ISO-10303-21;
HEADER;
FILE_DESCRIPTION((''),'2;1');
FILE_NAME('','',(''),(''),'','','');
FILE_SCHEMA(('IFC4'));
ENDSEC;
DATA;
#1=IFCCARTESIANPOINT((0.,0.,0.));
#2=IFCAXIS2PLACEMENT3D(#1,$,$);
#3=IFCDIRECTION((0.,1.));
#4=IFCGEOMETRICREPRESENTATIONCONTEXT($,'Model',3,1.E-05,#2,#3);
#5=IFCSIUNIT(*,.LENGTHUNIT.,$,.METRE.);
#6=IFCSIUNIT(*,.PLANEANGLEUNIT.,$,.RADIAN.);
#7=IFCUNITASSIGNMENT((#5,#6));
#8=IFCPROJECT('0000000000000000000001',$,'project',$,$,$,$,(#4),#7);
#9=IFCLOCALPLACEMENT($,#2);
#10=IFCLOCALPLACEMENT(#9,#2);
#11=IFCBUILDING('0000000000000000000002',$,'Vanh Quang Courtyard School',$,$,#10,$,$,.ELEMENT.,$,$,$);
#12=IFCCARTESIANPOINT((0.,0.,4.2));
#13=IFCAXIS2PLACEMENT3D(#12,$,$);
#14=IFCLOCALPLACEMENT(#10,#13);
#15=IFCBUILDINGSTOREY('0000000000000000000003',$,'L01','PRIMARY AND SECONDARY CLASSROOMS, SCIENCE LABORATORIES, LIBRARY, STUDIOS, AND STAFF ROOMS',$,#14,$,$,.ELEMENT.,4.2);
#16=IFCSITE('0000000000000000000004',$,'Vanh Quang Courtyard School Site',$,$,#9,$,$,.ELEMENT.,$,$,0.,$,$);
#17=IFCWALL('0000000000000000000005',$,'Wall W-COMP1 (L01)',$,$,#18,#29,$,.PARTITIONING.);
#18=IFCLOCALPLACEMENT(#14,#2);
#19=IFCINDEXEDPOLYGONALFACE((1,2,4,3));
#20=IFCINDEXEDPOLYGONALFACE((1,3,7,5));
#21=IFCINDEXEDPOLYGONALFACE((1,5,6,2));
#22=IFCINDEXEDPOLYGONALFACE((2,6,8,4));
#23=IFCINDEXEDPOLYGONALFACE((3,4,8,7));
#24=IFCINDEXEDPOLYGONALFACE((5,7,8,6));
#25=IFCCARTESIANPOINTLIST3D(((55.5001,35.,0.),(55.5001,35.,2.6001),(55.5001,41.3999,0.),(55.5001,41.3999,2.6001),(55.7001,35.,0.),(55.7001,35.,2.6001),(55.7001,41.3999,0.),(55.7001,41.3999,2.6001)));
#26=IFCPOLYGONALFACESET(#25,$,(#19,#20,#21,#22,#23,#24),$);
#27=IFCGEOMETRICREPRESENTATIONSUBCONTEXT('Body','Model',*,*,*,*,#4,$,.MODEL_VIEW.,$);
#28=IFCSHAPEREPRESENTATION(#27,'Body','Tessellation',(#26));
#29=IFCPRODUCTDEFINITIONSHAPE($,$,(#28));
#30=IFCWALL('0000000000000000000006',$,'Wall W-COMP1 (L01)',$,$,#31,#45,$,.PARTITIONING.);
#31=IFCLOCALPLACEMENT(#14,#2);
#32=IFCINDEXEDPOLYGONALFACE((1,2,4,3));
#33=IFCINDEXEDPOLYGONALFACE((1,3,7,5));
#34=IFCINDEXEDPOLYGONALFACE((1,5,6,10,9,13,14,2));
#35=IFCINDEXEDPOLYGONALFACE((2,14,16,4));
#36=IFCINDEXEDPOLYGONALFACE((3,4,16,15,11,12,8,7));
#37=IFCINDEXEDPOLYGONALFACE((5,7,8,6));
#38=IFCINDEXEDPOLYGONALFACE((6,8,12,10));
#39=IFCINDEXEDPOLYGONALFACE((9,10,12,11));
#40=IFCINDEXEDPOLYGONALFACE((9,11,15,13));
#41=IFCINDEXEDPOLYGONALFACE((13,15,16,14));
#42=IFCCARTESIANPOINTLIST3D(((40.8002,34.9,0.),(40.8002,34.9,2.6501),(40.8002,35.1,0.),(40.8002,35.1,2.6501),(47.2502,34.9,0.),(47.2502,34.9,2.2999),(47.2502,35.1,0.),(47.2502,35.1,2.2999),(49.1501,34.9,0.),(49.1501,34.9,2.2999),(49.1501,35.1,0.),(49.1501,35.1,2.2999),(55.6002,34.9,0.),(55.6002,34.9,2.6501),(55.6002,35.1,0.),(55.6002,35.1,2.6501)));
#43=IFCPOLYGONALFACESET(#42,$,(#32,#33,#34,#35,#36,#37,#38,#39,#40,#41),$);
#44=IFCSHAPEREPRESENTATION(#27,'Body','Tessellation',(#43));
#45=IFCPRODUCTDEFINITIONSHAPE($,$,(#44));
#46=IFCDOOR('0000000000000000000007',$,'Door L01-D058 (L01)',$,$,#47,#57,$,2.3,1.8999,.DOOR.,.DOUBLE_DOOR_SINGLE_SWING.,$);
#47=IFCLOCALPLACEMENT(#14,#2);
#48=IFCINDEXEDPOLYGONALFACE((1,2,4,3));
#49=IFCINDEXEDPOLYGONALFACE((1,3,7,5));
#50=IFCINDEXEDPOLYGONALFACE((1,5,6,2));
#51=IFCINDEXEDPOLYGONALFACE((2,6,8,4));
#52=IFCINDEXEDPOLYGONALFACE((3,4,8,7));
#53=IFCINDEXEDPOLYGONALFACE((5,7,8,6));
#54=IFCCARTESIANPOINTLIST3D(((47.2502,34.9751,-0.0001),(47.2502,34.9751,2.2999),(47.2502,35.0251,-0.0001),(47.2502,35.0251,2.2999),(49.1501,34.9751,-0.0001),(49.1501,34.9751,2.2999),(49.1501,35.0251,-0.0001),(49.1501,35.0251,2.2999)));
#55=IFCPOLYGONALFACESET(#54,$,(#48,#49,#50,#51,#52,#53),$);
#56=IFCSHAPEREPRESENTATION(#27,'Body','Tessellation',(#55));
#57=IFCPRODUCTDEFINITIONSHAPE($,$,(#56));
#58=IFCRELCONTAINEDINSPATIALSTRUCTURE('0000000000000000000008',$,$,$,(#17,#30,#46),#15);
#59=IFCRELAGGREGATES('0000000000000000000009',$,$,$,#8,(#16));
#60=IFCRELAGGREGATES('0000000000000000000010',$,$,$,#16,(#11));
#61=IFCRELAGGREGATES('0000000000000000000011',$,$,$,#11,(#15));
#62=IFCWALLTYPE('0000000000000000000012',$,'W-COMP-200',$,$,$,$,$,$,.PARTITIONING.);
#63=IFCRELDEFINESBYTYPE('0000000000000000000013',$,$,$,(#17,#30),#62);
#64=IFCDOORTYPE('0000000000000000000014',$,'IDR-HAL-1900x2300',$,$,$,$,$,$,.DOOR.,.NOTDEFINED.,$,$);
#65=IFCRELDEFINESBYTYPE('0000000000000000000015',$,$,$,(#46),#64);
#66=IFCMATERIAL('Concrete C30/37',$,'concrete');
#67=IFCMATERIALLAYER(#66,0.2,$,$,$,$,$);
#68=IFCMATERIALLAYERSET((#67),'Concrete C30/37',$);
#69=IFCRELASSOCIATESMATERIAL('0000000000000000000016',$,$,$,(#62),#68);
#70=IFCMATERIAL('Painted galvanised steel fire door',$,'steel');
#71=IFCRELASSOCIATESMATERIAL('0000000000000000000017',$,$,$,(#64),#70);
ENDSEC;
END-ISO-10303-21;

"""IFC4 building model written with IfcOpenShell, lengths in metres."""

from ifc_helpers import new_model, si_unit, direction, frame, frame_2d, origin, place, context, subcontext, project, spatial, rectangle, extrude, material, layer, layer_set, type_object, element, fill, save


model = new_model("IFC4")

# Units and contexts
model_context = context("Model", 3, precision=1e-05, world=origin(), true_north=direction((0.0, 1.0)))
body_context = subcontext(model_context, "Body", "Model", "MODEL_VIEW")
ifc_project = project(units=[si_unit("LENGTHUNIT", "METRE"), si_unit("PLANEANGLEUNIT", "RADIAN")], contexts=[model_context])

# Site, building, storey
site_placement = place(None, origin())
site = spatial("IfcSite", under=ifc_project, at=site_placement, Name="Vanh Quang Courtyard School Site", CompositionType="ELEMENT", RefElevation=0.0)
building_placement = place(site_placement, origin())
building = spatial("IfcBuilding", under=site, at=building_placement, Name="Vanh Quang Courtyard School", CompositionType="ELEMENT")
storey_placement = place(building_placement, frame((0.0, 0.0, 4.2)))
storey = spatial("IfcBuildingStorey", under=building, at=storey_placement, Name="L01", Description="PRIMARY AND SECONDARY CLASSROOMS, SCIENCE LABORATORIES, LIBRARY, STUDIOS, AND STAFF ROOMS", CompositionType="ELEMENT", Elevation=4.2)

# Wall
ifc_material_1 = material(Name="Concrete C30/37", Category="concrete")
ifc_layer_1 = layer(ifc_material_1, 0.2)
ifc_layer_set_1 = layer_set([ifc_layer_1], Name="Concrete C30/37")
wall_type = type_object("IfcWallType", Name="W-COMP-200", PredefinedType="PARTITIONING", material=ifc_layer_set_1)
wall_1_placement = place(storey_placement, frame((55.6001, 41.3999, 0.0), z_axis=(0.0, 0.0, 1.0), x_axis=(0.0, -1.0, 0.0)))
element("IfcWall", 1, at=wall_1_placement, inside=storey, type_object=wall_type, Name="Wall W-COMP1 (L01)", PredefinedType="PARTITIONING", context=body_context, shape_type="SweptSolid", body=[
    extrude(rectangle(XDim=6.3999, YDim=0.2, at=frame_2d((3.2, 0.0))), origin(), (0.0, 0.0, 1.0), 2.6001),
])

# Wall, opening, door
wall_2_placement = place(storey_placement, frame((55.6001, 35.0, 0.0), z_axis=(0.0, 0.0, 1.0), x_axis=(-1.0, 0.0, 0.0)))
wall_2 = element("IfcWall", 2, at=wall_2_placement, inside=storey, type_object=wall_type, Name="Wall W-COMP1 (L01)", PredefinedType="PARTITIONING", context=body_context, shape_type="SweptSolid", body=[
    extrude(rectangle(XDim=14.8, YDim=0.2, at=frame_2d((7.3999, 0.0))), origin(), (0.0, 0.0, 1.0), 2.6501),
])
opening_placement = place(wall_2_placement, frame((6.45, 0.0, 0.0)))
opening = element("IfcOpeningElement", 3, at=opening_placement, cuts=wall_2, PredefinedType="OPENING", context=body_context, shape_type="SweptSolid", body=[
    extrude(rectangle(XDim=1.8999, YDim=2.3, at=frame_2d((0.95, 1.1499))), frame((0.0, 0.1099, 0.0), z_axis=(0.0, -1.0, 0.0), x_axis=(1.0, 0.0, 0.0)), (0.0, 0.0, 1.0), 0.22),
])
ifc_material_2 = material(Name="Painted galvanised steel fire door", Category="steel")
door_type = type_object("IfcDoorType", Name="IDR-HAL-1900x2300", OperationType="NOTDEFINED", PredefinedType="DOOR", material=ifc_material_2)
door_placement = place(opening_placement, origin())
door = element("IfcDoor", 4, at=door_placement, inside=storey, type_object=door_type, Name="Door L01-D058 (L01)", OperationType="DOUBLE_DOOR_SINGLE_SWING", OverallHeight=2.3, OverallWidth=1.8999, PredefinedType="DOOR", context=body_context, shape_type="SweptSolid", body=[
    extrude(rectangle(XDim=1.8999, YDim=2.3, at=frame_2d((0.95, 1.1499))), frame((0.0, 0.0249, 0.0), z_axis=(0.0, -1.0, 0.0), x_axis=(1.0, 0.0, 0.0)), (0.0, 0.0, 1.0), 0.05),
])
fill(opening, door)

save(model, "model.ifc")
